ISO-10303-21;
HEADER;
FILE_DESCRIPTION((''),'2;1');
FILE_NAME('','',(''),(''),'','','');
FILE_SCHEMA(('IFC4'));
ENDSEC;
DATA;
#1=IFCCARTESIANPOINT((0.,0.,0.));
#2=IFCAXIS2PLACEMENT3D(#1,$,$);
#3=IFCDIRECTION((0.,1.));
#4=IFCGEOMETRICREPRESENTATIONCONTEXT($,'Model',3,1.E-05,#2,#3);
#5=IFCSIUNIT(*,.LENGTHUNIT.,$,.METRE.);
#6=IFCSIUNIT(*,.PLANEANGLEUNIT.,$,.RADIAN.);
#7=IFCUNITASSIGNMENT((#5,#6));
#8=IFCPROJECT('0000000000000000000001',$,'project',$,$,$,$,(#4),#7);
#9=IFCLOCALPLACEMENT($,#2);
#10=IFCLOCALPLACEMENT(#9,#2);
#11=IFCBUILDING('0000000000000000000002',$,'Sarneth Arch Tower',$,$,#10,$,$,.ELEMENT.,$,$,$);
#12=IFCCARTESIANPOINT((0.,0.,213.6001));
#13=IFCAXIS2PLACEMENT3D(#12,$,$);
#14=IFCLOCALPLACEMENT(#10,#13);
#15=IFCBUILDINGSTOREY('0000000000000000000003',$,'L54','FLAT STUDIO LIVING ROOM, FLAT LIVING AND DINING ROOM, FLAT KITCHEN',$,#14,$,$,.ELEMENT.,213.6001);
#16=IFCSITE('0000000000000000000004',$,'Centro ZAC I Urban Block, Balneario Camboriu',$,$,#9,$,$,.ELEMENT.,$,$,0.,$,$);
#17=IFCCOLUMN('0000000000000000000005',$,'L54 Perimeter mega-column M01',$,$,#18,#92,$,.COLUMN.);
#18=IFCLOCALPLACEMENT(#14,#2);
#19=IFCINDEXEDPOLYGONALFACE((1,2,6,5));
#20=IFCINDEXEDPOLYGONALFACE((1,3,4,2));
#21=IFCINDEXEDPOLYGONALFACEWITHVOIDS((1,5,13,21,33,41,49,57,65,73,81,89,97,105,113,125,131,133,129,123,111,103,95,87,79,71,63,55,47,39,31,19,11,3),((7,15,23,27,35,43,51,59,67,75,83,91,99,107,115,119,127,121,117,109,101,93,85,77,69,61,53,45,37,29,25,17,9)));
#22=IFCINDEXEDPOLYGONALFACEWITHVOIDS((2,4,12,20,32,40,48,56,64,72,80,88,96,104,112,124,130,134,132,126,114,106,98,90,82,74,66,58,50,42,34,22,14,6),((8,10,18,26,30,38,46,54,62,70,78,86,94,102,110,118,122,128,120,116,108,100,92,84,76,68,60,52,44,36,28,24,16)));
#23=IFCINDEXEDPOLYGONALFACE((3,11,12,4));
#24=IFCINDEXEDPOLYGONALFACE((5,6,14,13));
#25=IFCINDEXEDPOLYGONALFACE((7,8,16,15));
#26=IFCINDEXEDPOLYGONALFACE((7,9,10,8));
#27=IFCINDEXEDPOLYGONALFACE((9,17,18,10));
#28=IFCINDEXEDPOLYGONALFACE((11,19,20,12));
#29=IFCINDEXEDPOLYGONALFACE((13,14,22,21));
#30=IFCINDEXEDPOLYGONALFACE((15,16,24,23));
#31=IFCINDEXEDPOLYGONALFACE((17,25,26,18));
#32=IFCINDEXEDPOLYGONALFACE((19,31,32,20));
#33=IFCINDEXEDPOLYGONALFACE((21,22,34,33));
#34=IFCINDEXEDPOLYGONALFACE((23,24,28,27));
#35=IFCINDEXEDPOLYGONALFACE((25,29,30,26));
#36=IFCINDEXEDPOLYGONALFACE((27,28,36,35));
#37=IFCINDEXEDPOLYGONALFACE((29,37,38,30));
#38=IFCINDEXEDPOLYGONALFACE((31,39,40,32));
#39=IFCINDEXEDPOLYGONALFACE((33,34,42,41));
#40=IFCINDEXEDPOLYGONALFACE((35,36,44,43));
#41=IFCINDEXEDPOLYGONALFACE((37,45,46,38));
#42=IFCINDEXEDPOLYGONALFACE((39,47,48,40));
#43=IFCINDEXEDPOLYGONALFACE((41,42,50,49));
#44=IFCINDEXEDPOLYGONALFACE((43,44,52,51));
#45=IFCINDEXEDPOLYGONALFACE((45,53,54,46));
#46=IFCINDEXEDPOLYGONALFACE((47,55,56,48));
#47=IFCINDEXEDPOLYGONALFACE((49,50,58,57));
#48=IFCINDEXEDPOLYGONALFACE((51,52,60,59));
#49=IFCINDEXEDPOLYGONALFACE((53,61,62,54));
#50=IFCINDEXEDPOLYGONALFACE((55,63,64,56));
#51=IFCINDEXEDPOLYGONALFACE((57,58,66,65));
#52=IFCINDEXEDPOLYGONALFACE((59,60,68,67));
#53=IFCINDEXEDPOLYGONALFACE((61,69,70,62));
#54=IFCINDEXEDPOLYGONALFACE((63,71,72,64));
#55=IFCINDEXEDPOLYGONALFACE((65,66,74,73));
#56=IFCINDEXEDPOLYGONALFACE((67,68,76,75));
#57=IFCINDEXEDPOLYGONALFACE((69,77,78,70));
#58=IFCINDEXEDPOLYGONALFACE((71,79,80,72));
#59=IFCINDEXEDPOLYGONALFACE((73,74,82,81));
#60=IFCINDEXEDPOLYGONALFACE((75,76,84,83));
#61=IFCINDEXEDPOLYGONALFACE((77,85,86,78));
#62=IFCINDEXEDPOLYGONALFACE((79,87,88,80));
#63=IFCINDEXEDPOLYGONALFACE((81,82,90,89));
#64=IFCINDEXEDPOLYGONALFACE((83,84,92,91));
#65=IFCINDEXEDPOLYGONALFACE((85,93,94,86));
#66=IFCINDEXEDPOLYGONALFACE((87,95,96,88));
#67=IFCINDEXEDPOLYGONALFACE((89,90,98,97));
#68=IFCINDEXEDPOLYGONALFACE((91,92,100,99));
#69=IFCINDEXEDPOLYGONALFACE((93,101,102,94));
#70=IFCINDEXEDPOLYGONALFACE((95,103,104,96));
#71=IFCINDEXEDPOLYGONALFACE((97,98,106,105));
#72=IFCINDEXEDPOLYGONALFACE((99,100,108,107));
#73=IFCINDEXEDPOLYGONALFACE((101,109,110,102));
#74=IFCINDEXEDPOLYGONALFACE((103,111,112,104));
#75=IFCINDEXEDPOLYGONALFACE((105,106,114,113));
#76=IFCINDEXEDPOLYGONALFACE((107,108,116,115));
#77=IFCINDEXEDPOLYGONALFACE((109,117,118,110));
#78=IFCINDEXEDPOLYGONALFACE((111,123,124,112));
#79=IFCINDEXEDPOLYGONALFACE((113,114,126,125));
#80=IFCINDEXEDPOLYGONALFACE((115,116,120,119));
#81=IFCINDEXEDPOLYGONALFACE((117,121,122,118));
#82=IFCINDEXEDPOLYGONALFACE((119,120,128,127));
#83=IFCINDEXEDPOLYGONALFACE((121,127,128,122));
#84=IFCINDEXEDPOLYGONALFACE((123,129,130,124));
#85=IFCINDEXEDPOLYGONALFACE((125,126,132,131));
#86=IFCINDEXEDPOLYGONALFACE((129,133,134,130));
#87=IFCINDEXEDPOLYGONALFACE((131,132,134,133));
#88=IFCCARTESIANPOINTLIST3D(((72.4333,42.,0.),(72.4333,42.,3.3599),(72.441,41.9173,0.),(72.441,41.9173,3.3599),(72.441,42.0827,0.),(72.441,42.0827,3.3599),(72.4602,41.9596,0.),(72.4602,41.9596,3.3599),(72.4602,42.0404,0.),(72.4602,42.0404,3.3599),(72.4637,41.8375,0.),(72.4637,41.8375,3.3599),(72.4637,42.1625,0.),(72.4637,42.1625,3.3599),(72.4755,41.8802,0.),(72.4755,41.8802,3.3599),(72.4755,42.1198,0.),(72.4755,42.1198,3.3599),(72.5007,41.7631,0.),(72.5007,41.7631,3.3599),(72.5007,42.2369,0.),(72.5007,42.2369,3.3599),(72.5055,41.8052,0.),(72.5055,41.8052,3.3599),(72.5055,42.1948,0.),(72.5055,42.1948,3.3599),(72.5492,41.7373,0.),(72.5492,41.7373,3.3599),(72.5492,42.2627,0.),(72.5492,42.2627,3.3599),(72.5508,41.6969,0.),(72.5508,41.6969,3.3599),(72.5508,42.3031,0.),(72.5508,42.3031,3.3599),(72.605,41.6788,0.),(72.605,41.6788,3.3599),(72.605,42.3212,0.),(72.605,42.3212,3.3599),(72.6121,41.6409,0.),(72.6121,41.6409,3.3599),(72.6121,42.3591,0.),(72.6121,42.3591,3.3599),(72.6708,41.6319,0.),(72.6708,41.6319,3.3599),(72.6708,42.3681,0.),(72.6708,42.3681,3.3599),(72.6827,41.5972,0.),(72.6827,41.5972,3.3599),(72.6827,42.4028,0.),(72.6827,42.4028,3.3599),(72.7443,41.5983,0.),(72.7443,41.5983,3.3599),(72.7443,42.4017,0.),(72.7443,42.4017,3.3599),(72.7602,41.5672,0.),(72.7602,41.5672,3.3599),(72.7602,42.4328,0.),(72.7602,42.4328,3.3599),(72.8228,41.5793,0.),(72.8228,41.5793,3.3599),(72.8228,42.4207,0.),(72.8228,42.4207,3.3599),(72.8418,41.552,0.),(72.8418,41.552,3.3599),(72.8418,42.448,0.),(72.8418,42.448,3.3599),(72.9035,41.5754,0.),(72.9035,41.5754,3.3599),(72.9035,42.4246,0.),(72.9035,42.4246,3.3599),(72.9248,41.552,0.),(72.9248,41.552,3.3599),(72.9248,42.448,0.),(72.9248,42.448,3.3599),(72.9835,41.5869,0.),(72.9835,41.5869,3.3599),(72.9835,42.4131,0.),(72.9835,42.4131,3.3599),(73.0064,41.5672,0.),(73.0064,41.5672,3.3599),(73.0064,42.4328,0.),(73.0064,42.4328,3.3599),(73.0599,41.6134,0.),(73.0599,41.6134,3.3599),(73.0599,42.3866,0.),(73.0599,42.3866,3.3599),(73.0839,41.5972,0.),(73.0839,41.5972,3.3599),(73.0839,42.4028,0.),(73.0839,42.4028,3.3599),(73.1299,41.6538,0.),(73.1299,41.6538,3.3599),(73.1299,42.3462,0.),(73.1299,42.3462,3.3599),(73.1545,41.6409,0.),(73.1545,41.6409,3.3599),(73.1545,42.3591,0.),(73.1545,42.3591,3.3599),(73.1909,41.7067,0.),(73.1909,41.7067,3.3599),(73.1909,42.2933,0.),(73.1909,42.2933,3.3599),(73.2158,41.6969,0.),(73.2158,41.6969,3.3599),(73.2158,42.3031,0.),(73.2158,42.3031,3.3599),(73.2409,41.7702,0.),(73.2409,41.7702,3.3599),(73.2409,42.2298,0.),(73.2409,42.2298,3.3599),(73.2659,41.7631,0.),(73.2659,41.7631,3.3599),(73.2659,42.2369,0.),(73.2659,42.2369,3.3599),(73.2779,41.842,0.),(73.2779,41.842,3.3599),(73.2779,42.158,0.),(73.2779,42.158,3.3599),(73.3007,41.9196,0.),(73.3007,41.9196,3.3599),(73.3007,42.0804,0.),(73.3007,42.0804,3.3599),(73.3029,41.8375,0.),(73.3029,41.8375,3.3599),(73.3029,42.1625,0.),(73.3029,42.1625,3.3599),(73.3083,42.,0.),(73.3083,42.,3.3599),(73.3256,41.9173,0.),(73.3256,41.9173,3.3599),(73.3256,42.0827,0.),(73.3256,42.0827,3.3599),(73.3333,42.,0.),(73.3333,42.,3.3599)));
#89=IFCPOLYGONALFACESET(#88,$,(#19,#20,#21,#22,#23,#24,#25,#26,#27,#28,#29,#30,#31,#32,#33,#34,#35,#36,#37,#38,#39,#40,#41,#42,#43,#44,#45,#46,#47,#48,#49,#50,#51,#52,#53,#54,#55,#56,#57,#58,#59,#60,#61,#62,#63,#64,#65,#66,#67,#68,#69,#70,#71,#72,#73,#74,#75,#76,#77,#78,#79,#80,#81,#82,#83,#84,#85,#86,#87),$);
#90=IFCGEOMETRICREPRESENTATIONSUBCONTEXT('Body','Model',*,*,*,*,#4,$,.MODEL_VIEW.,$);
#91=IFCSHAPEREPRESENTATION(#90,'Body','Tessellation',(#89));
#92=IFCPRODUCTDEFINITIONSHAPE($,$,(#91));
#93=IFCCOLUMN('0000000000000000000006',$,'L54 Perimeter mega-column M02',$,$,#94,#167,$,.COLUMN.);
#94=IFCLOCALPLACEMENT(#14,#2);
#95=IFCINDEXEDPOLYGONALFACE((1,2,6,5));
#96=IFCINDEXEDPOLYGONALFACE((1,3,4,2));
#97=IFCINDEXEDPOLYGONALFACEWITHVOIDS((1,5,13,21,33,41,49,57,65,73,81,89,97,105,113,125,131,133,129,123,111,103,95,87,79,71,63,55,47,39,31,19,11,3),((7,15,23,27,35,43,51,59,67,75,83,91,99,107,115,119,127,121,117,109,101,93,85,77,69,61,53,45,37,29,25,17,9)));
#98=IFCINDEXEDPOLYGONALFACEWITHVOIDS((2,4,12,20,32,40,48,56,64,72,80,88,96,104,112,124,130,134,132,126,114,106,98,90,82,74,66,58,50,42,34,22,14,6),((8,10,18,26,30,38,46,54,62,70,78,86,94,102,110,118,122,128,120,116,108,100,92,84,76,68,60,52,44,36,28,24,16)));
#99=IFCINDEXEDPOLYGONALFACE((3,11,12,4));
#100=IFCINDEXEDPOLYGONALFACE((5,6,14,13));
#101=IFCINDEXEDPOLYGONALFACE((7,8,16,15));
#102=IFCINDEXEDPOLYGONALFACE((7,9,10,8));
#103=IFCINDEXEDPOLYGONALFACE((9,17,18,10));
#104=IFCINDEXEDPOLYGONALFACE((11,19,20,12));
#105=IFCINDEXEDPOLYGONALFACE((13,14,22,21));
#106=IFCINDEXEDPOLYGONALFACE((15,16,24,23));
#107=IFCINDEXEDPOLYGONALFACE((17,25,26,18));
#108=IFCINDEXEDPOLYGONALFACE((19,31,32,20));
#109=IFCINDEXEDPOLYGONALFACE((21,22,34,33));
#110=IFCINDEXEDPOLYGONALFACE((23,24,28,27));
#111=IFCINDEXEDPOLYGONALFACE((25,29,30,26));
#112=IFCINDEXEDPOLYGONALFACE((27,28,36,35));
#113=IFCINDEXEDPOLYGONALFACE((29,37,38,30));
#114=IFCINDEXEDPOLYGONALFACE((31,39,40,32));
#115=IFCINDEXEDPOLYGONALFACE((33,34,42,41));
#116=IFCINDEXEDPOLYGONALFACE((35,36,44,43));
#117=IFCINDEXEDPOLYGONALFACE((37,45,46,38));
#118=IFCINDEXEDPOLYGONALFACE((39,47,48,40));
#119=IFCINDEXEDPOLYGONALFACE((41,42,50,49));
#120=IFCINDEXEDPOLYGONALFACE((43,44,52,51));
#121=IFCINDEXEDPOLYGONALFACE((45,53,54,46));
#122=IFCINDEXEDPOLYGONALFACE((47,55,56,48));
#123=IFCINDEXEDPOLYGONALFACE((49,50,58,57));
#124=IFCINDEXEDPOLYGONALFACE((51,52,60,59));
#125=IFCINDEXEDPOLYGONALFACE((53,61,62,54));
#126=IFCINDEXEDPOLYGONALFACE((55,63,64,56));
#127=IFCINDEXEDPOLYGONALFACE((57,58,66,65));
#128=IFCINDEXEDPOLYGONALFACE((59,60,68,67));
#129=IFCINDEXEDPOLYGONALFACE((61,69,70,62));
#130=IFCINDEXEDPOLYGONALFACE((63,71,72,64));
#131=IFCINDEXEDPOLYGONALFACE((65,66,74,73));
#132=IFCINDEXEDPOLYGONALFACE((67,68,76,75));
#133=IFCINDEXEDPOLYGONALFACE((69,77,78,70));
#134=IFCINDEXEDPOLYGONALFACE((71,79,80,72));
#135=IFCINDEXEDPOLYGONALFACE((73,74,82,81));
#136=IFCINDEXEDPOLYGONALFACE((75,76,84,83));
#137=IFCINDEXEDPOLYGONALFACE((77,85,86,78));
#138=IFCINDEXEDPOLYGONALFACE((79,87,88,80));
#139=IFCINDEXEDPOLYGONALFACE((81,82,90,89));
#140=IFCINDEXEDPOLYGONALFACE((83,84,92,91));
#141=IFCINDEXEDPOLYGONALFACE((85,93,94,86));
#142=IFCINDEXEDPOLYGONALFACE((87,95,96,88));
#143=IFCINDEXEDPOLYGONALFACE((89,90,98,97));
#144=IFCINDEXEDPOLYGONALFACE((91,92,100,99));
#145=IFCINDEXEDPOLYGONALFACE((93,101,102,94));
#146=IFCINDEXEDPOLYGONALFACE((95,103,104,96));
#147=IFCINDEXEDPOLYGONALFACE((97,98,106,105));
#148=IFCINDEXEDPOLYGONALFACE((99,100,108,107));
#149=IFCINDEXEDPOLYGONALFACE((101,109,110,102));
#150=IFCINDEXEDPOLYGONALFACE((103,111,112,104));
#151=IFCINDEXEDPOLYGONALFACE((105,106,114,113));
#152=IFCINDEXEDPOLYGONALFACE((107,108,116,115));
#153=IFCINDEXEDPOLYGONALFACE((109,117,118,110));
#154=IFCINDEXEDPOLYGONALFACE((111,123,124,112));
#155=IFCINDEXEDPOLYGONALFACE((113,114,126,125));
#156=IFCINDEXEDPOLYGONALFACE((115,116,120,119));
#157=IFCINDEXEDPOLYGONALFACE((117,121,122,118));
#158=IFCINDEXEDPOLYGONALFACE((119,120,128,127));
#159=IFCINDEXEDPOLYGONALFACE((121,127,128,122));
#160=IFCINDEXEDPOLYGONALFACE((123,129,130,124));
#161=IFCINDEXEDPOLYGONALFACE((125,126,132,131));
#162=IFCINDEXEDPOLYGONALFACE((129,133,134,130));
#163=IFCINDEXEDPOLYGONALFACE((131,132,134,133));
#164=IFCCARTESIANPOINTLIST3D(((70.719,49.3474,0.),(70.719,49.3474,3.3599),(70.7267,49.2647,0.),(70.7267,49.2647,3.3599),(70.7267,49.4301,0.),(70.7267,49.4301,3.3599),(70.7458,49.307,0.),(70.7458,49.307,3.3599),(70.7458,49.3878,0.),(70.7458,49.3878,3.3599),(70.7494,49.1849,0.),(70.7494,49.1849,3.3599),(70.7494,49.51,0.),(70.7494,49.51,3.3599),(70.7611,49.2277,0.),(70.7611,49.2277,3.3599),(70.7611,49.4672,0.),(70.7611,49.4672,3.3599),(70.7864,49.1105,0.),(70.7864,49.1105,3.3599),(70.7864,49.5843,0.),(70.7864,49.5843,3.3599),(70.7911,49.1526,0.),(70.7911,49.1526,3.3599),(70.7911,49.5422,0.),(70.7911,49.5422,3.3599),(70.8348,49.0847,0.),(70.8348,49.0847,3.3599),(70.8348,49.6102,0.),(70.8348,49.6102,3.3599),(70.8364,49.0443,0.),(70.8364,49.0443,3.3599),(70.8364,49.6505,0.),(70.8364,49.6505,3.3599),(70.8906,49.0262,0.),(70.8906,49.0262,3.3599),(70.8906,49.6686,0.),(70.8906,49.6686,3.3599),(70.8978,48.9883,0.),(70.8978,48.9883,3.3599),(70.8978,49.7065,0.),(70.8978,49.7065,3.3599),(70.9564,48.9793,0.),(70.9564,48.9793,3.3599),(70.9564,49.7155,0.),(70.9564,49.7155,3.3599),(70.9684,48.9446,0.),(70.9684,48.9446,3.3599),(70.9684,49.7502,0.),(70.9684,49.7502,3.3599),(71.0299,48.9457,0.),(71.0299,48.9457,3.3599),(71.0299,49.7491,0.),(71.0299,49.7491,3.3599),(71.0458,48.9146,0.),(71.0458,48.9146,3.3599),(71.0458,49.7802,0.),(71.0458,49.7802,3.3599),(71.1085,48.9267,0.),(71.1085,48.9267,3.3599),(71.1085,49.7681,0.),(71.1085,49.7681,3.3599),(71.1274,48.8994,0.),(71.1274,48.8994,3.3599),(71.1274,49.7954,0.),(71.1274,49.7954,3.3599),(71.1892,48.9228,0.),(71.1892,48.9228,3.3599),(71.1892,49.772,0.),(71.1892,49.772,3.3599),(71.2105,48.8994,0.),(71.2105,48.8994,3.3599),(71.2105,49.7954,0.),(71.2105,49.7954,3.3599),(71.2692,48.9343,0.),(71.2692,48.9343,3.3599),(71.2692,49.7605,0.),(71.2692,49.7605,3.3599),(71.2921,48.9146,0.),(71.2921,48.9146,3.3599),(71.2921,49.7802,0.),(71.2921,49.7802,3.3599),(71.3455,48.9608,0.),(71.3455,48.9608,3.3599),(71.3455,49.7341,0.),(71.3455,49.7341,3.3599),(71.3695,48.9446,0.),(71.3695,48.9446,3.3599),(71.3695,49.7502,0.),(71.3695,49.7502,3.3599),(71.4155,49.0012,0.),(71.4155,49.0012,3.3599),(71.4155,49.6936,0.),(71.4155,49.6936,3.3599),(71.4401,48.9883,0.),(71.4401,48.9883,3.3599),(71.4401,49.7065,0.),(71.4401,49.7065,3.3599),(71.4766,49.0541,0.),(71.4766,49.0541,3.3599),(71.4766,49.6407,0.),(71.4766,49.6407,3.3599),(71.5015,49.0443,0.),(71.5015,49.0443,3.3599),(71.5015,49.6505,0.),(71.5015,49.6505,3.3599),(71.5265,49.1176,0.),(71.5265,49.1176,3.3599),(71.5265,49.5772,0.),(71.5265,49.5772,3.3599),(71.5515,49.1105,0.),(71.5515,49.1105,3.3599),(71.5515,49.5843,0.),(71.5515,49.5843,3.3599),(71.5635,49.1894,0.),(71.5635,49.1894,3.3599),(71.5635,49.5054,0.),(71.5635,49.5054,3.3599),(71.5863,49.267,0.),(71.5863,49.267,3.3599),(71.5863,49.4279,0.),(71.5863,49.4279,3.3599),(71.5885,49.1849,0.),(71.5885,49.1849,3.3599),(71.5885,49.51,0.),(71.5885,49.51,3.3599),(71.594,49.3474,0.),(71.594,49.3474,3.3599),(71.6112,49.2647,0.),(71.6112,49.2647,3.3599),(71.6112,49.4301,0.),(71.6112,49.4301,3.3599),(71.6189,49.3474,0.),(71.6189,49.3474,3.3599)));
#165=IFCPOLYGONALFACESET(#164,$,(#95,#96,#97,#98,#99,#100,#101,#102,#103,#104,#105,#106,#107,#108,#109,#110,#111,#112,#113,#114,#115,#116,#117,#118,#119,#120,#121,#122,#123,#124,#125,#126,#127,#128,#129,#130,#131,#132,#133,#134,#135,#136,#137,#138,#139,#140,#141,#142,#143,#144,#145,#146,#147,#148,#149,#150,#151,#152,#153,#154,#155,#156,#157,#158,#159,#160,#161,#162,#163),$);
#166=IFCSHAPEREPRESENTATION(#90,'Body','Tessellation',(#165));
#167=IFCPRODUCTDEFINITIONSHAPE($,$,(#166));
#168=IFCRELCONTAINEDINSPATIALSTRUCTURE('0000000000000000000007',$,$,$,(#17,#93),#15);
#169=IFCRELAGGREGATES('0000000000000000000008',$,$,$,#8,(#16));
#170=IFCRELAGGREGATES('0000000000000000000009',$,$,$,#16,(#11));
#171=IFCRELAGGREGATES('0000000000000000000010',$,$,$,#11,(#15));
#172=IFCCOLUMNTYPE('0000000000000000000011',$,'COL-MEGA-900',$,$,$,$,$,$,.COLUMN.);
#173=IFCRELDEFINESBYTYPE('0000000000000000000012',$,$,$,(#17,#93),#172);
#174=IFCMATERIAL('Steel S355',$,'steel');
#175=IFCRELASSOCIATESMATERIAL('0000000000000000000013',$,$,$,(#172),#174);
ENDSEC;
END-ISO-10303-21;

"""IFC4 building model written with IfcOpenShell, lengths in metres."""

from ifc_helpers import new_model, si_unit, direction, frame, origin, origin_2d, place, context, subcontext, project, spatial, hollow_circle, extrude, material, material_profile, profile_set, type_object, element, save


model = new_model("IFC4")

# Units and contexts
model_context = context("Model", 3, precision=1e-05, world=origin(), true_north=direction((0.0, 1.0)))
body_context = subcontext(model_context, "Body", "Model", "MODEL_VIEW")
ifc_project = project(units=[si_unit("LENGTHUNIT", "METRE"), si_unit("PLANEANGLEUNIT", "RADIAN")], contexts=[model_context])

# Site, building, storey
site_placement = place(None, origin())
site = spatial("IfcSite", under=ifc_project, at=site_placement, Name="Centro ZAC I Urban Block, Balneario Camboriu", CompositionType="ELEMENT", RefElevation=0.0)
building_placement = place(site_placement, origin())
building = spatial("IfcBuilding", under=site, at=building_placement, Name="Sarneth Arch Tower", CompositionType="ELEMENT")
storey_placement = place(building_placement, frame((0.0, 0.0, 213.6001)))
storey = spatial("IfcBuildingStorey", under=building, at=storey_placement, Name="L54", Description="FLAT STUDIO LIVING ROOM, FLAT LIVING AND DINING ROOM, FLAT KITCHEN", CompositionType="ELEMENT", Elevation=213.6001)

# Columns
ifc_material_1 = material(Name="Steel S355", Category="steel")
ifc_material_profile_1 = material_profile(ifc_material_1, hollow_circle(Radius=0.45, WallThickness=0.0249, at=origin_2d()), Name="CHS900x25")
ifc_profile_set_1 = profile_set([ifc_material_profile_1], Name="Steel S355")
column_type = type_object("IfcColumnType", Name="COL-MEGA-900", PredefinedType="COLUMN", material=ifc_profile_set_1)
for number, where, z_axis, x_axis, name in (
    (1, (72.8833, 42.0, 0.0), (0.0, 0.0, 1.0), (1.0, 0.0, 0.0), "L54 Perimeter mega-column M01"),
    (2, (71.1689, 49.3474, 0.0), (0.0, 0.0, 1.0), (1.0, 0.0, 0.0), "L54 Perimeter mega-column M02"),
):
    element("IfcColumn", number, at=place(storey_placement, frame(where, z_axis=z_axis, x_axis=x_axis)), inside=storey, type_object=column_type, Name=name, PredefinedType="COLUMN", context=body_context, shape_type="SweptSolid", body=[
        extrude(hollow_circle(Radius=0.45, WallThickness=0.0249, at=origin_2d()), origin(), (0.0, 0.0, 1.0), 3.3599),
    ])

save(model, "model.ifc")
